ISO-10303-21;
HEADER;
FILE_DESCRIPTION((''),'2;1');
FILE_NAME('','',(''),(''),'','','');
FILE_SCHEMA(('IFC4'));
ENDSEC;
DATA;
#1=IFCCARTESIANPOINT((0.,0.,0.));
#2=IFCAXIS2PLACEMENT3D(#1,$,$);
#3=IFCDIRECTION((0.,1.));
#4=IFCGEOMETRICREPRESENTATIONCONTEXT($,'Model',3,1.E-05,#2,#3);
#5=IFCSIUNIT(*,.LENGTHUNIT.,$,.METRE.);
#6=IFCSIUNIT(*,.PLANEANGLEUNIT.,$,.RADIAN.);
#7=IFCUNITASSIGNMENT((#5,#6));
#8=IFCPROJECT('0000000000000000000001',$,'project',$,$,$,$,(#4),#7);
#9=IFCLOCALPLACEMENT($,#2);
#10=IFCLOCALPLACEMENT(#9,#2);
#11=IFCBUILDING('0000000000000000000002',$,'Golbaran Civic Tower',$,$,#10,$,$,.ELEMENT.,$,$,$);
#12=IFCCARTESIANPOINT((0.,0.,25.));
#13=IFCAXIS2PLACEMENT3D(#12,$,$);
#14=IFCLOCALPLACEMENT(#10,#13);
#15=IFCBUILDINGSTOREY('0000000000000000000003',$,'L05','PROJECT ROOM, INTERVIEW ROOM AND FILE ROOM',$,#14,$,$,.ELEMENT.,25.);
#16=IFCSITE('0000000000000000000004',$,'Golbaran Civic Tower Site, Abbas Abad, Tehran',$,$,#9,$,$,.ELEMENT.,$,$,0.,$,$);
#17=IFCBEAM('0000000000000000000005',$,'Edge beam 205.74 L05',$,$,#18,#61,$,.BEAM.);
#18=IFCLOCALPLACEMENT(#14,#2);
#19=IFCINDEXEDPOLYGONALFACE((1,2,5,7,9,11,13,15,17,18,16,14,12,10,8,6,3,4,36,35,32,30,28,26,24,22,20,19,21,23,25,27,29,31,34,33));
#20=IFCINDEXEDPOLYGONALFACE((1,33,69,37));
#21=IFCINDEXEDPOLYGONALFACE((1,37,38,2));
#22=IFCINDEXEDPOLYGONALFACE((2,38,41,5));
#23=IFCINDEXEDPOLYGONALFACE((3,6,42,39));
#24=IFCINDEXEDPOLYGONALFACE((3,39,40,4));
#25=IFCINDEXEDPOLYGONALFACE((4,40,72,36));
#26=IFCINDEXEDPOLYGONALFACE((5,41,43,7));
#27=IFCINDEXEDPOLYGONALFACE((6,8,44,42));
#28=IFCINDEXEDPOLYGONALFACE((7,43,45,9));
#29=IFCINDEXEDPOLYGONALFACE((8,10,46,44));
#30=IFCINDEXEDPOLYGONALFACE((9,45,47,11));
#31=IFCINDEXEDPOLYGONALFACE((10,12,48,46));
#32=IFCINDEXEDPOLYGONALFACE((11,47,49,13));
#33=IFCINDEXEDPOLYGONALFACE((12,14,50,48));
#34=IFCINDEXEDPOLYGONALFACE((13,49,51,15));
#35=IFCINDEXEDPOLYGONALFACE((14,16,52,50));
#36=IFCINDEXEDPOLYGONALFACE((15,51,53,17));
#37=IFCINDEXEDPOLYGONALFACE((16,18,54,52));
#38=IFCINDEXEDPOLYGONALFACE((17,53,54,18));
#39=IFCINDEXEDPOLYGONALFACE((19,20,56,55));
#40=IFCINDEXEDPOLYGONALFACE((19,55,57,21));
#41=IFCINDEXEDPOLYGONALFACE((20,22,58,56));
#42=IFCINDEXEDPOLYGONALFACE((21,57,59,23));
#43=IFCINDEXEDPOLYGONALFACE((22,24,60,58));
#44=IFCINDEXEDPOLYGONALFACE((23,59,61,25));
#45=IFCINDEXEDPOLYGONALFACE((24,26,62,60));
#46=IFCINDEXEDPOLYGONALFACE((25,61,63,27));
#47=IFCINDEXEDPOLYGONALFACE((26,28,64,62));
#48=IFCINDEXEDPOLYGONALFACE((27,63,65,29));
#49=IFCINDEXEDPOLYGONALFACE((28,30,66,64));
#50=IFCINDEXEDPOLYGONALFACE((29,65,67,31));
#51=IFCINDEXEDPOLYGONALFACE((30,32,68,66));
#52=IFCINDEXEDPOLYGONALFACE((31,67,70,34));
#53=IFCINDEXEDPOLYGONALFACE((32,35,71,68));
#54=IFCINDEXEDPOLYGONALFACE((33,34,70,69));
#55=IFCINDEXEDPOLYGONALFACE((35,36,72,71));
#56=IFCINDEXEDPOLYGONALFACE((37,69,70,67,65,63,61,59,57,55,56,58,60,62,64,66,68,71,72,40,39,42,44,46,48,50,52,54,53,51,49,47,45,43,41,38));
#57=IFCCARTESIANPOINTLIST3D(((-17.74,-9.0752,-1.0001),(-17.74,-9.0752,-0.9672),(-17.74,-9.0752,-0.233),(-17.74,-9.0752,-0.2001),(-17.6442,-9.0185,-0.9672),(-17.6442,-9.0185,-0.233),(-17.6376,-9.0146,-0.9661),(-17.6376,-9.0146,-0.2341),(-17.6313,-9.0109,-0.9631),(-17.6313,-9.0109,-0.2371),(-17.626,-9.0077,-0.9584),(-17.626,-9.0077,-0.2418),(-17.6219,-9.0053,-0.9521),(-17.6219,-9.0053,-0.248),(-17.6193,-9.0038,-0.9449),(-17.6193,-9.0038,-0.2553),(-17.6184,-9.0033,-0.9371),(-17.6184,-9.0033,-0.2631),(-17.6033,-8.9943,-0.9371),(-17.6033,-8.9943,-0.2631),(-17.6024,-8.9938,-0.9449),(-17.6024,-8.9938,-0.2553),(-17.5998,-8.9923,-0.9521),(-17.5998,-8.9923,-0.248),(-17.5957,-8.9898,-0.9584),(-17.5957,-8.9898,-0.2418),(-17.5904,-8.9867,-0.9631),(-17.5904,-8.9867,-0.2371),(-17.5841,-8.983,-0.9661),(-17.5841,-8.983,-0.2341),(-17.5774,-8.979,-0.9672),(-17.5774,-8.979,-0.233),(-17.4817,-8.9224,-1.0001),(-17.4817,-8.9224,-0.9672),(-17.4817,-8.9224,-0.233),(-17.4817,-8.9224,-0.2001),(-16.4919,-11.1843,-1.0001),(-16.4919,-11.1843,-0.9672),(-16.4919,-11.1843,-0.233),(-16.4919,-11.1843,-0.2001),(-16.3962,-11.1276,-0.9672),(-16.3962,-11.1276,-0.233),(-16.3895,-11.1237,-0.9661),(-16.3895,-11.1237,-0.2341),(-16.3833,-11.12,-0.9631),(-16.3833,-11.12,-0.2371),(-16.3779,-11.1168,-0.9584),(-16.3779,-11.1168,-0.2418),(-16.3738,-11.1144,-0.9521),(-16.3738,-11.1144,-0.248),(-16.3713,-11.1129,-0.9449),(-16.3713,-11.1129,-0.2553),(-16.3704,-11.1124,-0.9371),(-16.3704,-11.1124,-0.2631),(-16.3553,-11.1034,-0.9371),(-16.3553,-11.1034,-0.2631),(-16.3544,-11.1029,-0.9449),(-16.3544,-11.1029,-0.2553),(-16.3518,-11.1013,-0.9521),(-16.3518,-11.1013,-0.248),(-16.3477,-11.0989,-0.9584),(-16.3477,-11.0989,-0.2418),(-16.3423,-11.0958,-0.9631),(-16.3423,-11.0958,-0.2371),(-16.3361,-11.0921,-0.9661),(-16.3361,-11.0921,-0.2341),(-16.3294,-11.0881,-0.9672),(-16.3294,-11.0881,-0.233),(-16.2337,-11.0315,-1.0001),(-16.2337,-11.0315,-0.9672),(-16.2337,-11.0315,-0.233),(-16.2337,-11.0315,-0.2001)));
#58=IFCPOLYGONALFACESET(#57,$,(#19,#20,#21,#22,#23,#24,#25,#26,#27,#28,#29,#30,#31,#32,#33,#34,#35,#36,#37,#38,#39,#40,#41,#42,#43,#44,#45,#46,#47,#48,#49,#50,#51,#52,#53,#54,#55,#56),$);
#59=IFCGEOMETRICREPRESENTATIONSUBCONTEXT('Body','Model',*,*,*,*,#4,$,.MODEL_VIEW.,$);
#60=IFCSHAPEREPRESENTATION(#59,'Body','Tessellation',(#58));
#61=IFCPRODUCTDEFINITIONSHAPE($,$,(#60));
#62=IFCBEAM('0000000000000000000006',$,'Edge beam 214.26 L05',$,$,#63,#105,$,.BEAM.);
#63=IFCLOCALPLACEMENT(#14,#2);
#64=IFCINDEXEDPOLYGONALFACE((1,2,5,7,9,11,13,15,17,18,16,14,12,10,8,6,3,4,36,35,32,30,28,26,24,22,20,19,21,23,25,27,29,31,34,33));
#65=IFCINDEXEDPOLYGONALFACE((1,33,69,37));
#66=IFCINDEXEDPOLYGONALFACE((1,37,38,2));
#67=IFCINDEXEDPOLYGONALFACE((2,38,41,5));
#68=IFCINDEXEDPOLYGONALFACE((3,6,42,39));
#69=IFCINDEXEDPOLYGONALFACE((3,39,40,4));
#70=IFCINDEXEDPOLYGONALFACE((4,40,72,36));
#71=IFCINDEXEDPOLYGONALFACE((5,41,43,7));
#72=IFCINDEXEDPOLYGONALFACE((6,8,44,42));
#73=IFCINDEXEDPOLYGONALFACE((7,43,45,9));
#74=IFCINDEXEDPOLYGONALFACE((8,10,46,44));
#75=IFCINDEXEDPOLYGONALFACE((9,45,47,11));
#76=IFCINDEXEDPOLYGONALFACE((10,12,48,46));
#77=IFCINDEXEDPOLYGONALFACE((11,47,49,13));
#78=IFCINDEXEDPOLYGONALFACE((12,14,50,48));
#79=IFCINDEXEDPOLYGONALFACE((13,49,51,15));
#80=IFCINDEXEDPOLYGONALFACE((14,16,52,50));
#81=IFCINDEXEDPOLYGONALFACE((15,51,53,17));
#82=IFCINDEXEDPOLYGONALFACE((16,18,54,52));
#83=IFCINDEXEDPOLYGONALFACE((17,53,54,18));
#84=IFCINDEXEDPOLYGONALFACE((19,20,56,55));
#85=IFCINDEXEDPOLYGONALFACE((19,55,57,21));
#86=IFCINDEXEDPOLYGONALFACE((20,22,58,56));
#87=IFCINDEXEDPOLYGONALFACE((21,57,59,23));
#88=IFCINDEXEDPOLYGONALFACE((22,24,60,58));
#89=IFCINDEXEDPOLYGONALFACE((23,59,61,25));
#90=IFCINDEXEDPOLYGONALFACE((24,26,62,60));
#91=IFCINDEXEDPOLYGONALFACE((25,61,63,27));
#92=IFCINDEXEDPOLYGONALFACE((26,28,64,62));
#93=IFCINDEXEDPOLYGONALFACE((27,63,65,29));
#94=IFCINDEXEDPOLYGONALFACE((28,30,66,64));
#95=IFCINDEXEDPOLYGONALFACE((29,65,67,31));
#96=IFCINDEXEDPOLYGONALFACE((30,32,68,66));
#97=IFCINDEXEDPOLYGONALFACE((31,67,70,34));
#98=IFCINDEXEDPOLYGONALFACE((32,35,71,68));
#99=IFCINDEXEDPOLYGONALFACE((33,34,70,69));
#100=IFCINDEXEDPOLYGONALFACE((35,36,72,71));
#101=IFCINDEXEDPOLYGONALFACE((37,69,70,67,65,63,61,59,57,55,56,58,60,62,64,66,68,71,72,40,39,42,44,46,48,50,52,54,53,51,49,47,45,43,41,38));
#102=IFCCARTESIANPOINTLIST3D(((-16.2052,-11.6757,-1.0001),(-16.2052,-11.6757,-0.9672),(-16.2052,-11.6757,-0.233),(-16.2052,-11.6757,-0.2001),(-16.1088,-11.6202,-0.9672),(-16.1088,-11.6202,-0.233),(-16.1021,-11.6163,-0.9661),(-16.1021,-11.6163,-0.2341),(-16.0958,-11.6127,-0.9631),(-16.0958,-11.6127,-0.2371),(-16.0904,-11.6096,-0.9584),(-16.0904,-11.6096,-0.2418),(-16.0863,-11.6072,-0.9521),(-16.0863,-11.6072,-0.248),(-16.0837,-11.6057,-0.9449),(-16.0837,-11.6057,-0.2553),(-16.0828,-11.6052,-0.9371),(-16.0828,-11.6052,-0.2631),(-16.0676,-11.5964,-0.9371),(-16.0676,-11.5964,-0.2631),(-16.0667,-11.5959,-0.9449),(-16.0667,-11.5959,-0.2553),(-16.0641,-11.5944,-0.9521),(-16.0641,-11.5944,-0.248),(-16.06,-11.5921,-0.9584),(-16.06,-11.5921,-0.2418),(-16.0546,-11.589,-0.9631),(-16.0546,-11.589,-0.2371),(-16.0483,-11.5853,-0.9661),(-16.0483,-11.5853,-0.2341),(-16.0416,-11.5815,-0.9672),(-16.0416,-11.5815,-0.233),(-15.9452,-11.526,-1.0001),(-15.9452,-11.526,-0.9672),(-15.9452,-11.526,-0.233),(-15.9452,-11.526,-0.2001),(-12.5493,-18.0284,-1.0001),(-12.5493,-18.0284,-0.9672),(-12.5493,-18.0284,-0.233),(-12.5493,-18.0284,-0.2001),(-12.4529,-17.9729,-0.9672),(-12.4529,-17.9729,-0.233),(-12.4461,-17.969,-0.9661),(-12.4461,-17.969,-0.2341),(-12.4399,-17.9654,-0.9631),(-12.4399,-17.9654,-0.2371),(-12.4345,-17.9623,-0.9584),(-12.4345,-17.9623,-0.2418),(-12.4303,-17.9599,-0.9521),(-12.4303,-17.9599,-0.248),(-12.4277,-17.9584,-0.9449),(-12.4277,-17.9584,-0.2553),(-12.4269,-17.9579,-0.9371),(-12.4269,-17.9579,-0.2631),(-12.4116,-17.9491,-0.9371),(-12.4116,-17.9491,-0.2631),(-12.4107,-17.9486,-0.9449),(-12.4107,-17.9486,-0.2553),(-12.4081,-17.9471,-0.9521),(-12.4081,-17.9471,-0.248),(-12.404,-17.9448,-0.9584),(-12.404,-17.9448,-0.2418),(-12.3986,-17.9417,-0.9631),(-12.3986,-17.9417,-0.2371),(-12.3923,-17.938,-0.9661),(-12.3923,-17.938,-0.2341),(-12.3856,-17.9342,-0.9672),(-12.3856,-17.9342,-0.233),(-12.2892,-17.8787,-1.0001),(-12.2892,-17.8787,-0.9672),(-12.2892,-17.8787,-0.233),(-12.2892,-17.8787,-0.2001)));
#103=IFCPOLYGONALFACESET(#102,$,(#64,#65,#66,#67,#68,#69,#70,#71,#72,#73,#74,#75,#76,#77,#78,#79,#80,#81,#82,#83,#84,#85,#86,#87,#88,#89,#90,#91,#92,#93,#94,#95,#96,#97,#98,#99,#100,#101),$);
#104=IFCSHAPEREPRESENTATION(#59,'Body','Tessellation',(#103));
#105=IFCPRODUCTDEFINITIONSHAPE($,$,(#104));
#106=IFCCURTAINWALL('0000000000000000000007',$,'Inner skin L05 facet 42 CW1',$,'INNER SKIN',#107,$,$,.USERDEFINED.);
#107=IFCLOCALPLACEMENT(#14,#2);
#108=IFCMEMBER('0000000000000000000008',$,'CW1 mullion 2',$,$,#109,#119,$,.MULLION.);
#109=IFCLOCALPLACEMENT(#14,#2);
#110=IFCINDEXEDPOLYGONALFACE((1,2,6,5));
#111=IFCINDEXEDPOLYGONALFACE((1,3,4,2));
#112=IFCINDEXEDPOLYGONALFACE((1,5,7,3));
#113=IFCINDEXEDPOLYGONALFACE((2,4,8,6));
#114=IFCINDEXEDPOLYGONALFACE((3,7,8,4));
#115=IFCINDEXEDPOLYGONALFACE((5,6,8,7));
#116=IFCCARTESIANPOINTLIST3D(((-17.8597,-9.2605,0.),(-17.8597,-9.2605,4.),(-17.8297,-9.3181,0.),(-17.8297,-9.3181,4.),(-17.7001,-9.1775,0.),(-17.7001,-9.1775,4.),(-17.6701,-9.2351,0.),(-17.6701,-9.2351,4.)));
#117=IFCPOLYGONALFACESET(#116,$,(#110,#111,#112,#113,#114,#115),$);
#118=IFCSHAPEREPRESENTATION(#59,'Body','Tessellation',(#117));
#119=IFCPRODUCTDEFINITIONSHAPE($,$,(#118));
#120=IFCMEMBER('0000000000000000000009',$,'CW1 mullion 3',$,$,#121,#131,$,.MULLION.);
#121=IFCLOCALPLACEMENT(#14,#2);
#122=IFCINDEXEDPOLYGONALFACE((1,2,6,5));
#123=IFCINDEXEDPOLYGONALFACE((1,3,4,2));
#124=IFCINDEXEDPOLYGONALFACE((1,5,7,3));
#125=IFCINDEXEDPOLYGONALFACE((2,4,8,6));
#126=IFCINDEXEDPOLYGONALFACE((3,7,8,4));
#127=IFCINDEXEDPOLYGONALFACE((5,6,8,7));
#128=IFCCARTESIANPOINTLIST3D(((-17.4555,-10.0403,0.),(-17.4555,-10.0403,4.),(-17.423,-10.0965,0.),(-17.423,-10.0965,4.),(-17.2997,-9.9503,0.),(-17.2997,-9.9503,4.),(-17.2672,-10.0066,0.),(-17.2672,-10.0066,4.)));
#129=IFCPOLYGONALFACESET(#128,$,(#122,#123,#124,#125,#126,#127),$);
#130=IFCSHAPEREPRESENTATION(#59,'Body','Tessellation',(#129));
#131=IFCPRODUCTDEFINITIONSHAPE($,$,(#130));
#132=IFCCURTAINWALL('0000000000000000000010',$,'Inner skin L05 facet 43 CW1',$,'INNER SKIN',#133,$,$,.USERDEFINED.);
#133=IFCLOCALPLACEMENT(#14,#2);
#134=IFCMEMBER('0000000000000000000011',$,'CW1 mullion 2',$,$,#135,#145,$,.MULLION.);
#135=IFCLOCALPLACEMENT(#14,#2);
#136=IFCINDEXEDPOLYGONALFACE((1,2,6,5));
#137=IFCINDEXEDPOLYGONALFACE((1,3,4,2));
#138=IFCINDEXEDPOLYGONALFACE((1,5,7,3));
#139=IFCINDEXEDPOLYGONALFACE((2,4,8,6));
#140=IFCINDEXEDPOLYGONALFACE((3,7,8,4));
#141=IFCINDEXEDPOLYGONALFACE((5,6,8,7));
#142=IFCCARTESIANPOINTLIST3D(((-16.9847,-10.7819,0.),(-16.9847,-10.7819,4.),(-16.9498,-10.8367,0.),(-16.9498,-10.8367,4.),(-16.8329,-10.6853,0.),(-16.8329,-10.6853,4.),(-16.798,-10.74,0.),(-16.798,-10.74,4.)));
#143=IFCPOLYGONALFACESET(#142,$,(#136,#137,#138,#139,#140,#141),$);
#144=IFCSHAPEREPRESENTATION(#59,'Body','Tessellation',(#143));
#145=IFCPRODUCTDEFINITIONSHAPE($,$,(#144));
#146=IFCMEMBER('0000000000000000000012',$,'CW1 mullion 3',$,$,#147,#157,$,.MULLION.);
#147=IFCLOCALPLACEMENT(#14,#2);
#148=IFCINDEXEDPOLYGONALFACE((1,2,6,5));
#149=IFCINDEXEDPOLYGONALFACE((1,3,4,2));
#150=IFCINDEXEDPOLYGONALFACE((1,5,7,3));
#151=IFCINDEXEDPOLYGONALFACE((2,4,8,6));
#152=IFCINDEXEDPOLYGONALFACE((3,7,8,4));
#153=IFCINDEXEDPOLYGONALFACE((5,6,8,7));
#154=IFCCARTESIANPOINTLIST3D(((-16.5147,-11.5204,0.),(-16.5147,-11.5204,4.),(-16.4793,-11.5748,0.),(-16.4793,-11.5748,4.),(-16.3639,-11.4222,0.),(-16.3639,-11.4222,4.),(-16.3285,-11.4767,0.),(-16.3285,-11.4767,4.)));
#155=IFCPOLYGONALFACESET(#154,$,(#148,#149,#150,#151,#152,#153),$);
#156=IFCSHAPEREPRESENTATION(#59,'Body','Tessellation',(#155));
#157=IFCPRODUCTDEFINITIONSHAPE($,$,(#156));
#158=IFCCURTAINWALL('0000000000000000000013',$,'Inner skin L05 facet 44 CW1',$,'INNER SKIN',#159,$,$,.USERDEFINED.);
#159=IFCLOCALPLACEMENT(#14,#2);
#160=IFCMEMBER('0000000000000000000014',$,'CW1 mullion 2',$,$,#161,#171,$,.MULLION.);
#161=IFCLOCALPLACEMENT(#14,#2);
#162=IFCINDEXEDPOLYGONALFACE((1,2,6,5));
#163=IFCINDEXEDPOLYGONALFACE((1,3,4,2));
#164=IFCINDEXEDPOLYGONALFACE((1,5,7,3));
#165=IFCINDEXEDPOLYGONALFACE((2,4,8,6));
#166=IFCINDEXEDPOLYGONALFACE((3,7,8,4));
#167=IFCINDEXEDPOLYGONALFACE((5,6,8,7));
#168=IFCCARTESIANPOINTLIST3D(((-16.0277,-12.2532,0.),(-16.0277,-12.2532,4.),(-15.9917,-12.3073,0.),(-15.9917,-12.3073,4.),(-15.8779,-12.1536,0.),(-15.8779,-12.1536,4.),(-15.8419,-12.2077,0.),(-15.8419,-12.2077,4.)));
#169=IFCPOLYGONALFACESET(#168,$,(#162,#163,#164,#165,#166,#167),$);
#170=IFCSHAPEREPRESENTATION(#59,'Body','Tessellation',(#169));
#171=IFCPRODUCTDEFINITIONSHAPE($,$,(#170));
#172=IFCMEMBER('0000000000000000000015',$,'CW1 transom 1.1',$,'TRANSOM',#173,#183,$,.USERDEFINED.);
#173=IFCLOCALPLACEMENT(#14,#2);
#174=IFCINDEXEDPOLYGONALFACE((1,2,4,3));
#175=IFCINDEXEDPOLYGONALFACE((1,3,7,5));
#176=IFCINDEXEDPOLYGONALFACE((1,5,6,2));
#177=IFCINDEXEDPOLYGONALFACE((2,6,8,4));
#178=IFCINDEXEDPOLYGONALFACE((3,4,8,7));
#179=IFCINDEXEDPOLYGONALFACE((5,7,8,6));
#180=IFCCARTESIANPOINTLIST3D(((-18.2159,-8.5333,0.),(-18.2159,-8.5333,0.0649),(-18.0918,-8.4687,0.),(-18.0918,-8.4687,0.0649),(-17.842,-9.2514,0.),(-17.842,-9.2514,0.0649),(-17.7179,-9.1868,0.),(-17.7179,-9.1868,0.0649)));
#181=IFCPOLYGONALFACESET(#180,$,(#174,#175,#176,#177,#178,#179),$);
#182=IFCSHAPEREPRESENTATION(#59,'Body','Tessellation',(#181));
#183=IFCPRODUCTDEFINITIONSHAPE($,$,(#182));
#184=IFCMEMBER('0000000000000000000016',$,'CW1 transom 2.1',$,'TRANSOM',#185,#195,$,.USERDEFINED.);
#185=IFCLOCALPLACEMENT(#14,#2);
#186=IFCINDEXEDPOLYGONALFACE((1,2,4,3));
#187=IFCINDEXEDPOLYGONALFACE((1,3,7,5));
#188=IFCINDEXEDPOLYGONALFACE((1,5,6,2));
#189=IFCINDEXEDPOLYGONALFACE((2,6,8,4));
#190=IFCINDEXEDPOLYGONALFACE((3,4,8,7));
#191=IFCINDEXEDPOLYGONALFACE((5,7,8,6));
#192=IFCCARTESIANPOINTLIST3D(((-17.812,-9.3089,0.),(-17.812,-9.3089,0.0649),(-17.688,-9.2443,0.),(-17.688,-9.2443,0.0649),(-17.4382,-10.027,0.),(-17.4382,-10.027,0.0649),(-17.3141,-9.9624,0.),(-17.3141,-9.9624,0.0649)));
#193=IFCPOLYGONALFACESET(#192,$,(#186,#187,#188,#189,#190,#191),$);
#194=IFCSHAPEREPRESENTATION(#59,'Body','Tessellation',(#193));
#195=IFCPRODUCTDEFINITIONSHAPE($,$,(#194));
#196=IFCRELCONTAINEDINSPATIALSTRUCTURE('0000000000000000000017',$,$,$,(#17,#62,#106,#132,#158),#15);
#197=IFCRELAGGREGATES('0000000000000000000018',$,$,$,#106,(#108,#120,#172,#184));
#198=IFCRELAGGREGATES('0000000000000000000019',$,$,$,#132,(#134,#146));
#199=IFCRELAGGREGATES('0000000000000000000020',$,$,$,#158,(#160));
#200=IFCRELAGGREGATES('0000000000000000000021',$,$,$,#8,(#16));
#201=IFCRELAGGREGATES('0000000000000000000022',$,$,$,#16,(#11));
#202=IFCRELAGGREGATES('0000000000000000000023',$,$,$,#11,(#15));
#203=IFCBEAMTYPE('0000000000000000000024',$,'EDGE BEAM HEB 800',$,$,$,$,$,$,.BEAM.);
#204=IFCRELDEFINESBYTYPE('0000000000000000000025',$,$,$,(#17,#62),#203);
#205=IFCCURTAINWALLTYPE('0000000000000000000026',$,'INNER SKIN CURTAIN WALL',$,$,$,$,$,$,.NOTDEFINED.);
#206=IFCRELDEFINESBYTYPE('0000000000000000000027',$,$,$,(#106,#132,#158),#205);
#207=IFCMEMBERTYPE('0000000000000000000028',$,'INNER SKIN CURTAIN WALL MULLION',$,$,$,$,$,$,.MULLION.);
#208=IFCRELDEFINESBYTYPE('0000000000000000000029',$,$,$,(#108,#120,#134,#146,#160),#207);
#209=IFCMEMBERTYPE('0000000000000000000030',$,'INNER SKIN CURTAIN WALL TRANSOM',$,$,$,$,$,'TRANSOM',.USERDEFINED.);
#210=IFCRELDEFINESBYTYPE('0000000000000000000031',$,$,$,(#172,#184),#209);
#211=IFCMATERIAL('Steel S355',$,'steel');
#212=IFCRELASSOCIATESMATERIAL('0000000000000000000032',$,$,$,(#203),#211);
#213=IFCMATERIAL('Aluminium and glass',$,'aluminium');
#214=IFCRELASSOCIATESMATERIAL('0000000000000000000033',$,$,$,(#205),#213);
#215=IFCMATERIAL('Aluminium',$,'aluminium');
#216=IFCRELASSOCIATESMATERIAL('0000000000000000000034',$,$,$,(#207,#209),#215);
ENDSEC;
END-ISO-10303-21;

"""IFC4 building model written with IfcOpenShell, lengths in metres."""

from ifc_helpers import new_model, si_unit, direction, frame, origin, origin_2d, place, context, subcontext, project, spatial, rectangle, i_section, extrude, material, material_profile, profile_set, type_object, element, aggregate, save


model = new_model("IFC4")

# Units and contexts
model_context = context("Model", 3, precision=1e-05, world=origin(), true_north=direction((0.0, 1.0)))
body_context = subcontext(model_context, "Body", "Model", "MODEL_VIEW")
ifc_project = project(units=[si_unit("LENGTHUNIT", "METRE"), si_unit("PLANEANGLEUNIT", "RADIAN")], contexts=[model_context])

# Site, building, storey
site_placement = place(None, origin())
site = spatial("IfcSite", under=ifc_project, at=site_placement, Name="Golbaran Civic Tower Site, Abbas Abad, Tehran", CompositionType="ELEMENT", RefElevation=0.0)
building_placement = place(site_placement, origin())
building = spatial("IfcBuilding", under=site, at=building_placement, Name="Golbaran Civic Tower", CompositionType="ELEMENT")
storey_placement = place(building_placement, frame((0.0, 0.0, 25.0)))
storey = spatial("IfcBuildingStorey", under=building, at=storey_placement, Name="L05", Description="PROJECT ROOM, INTERVIEW ROOM AND FILE ROOM", CompositionType="ELEMENT", Elevation=25.0)

# Beams
ifc_material_1 = material(Name="Steel S355", Category="steel")
ifc_material_profile_1 = material_profile(ifc_material_1, i_section(OverallWidth=0.3, OverallDepth=0.8, WebThickness=0.0176, FlangeThickness=0.033, FilletRadius=0.03, at=origin_2d()), Name="HEB 800")
ifc_profile_set_1 = profile_set([ifc_material_profile_1], Name="Steel S355")
beam_type = type_object("IfcBeamType", Name="EDGE BEAM HEB 800", PredefinedType="BEAM", material=ifc_profile_set_1)
beam_1_placement = place(storey_placement, frame((-17.6108, -8.9988, -0.6001), z_axis=(0.509256, -0.860615, 0.0), x_axis=(0.860615, 0.509256, 0.0)))
element("IfcBeam", 1, at=beam_1_placement, inside=storey, type_object=beam_type, Name="Edge beam 205.74 L05", PredefinedType="BEAM", context=body_context, shape_type="SweptSolid", body=[
    extrude(i_section(OverallWidth=0.3, OverallDepth=0.8, WebThickness=0.0176, FlangeThickness=0.033, FilletRadius=0.03, at=origin_2d()), origin(), (0.0, 0.0, 1.0), 2.4507),
])
beam_2_placement = place(storey_placement, frame((-16.0752, -11.6008, -0.6001), z_axis=(0.498795, -0.86672, 0.0), x_axis=(0.86672, 0.498795, 0.0)))
element("IfcBeam", 2, at=beam_2_placement, inside=storey, type_object=beam_type, Name="Edge beam 214.26 L05", PredefinedType="BEAM", context=body_context, shape_type="SweptSolid", body=[
    extrude(i_section(OverallWidth=0.3, OverallDepth=0.8, WebThickness=0.0176, FlangeThickness=0.033, FilletRadius=0.03, at=origin_2d()), origin(), (0.0, 0.0, 1.0), 7.3296),
])

# Curtain walls, members
ifc_material_2 = material(Name="Aluminium and glass", Category="aluminium")
curtain_wall_type = type_object("IfcCurtainWallType", Name="INNER SKIN CURTAIN WALL", PredefinedType="NOTDEFINED", material=ifc_material_2)
curtain_wall_1_placement = place(storey_placement, origin())
curtain_wall_1 = element("IfcCurtainWall", 3, at=curtain_wall_1_placement, inside=storey, type_object=curtain_wall_type, Name="Inner skin L05 facet 42 CW1", ObjectType="INNER SKIN", PredefinedType="USERDEFINED")
ifc_material_3 = material(Name="Aluminium", Category="aluminium")
ifc_material_profile_2 = material_profile(ifc_material_3, rectangle(XDim=0.1799, YDim=0.0649, at=origin_2d()), Name="INNER SKIN CURTAIN WALL MULLION")
ifc_profile_set_2 = profile_set([ifc_material_profile_2], Name="Aluminium")
member_type_1 = type_object("IfcMemberType", Name="INNER SKIN CURTAIN WALL MULLION", PredefinedType="MULLION", material=ifc_profile_set_2)
member_1_placement = place(storey_placement, frame((-17.7649, -9.2478, 0.0), z_axis=(0.0, 0.0, 1.0), x_axis=(0.887011, 0.461749, 0.0)))
member_1 = element("IfcMember", 4, at=member_1_placement, type_object=member_type_1, Name="CW1 mullion 2", PredefinedType="MULLION", context=body_context, shape_type="SweptSolid", body=[
    extrude(rectangle(XDim=0.1799, YDim=0.0649, at=origin_2d()), origin(), (0.0, 0.0, 1.0), 4.0),
])
member_2_placement = place(storey_placement, frame((-17.3613, -10.0234, 0.0), z_axis=(0.0, 0.0, 1.0), x_axis=(0.866025, 0.5, 0.0)))
member_2 = element("IfcMember", 5, at=member_2_placement, type_object=member_type_1, Name="CW1 mullion 3", PredefinedType="MULLION", context=body_context, shape_type="SweptSolid", body=[
    extrude(rectangle(XDim=0.1799, YDim=0.0649, at=origin_2d()), origin(), (0.0, 0.0, 1.0), 4.0),
])
curtain_wall_2_placement = place(storey_placement, origin())
curtain_wall_2 = element("IfcCurtainWall", 6, at=curtain_wall_2_placement, inside=storey, type_object=curtain_wall_type, Name="Inner skin L05 facet 43 CW1", ObjectType="INNER SKIN", PredefinedType="USERDEFINED")
member_3_placement = place(storey_placement, frame((-16.8914, -10.761, 0.0), z_axis=(0.0, 0.0, 1.0), x_axis=(0.843391, 0.5373, 0.0)))
member_3 = element("IfcMember", 7, at=member_3_placement, type_object=member_type_1, Name="CW1 mullion 2", PredefinedType="MULLION", context=body_context, shape_type="SweptSolid", body=[
    extrude(rectangle(XDim=0.1799, YDim=0.0649, at=origin_2d()), origin(), (0.0, 0.0, 1.0), 4.0),
])
member_4_placement = place(storey_placement, frame((-16.4216, -11.4985, 0.0), z_axis=(0.0, 0.0, 1.0), x_axis=(0.838088, 0.545536, 0.0)))
member_4 = element("IfcMember", 8, at=member_4_placement, type_object=member_type_1, Name="CW1 mullion 3", PredefinedType="MULLION", context=body_context, shape_type="SweptSolid", body=[
    extrude(rectangle(XDim=0.1799, YDim=0.0649, at=origin_2d()), origin(), (0.0, 0.0, 1.0), 4.0),
])

# Curtain wall, member
curtain_wall_3_placement = place(storey_placement, origin())
curtain_wall_3 = element("IfcCurtainWall", 9, at=curtain_wall_3_placement, inside=storey, type_object=curtain_wall_type, Name="Inner skin L05 facet 44 CW1", ObjectType="INNER SKIN", PredefinedType="USERDEFINED")
member_5_placement = place(storey_placement, frame((-15.9348, -12.2305, 0.0), z_axis=(0.0, 0.0, 1.0), x_axis=(0.832703, 0.553719, 0.0)))
member_5 = element("IfcMember", 10, at=member_5_placement, type_object=member_type_1, Name="CW1 mullion 2", PredefinedType="MULLION", context=body_context, shape_type="SweptSolid", body=[
    extrude(rectangle(XDim=0.1799, YDim=0.0649, at=origin_2d()), origin(), (0.0, 0.0, 1.0), 4.0),
])

# Members
ifc_material_profile_3 = material_profile(ifc_material_3, rectangle(XDim=0.1399, YDim=0.0649, at=origin_2d()), Name="INNER SKIN CURTAIN WALL TRANSOM")
ifc_profile_set_3 = profile_set([ifc_material_profile_3], Name="Aluminium")
member_type_2 = type_object("IfcMemberType", Name="INNER SKIN CURTAIN WALL TRANSOM", ElementType="TRANSOM", PredefinedType="USERDEFINED", material=ifc_profile_set_3)
member_6_placement = place(storey_placement, frame((-18.1538, -8.501, 0.0325), z_axis=(0.461752, -0.887009, 0.0), x_axis=(0.887009, 0.461752, 0.0)))
member_6 = element("IfcMember", 11, at=member_6_placement, type_object=member_type_2, Name="CW1 transom 1.1", ObjectType="TRANSOM", PredefinedType="USERDEFINED", context=body_context, shape_type="SweptSolid", body=[
    extrude(rectangle(XDim=0.1399, YDim=0.0649, at=origin_2d()), origin(), (0.0, 0.0, 1.0), 0.8096),
])
member_7_placement = place(storey_placement, frame((-17.75, -9.2766, 0.0325), z_axis=(0.461752, -0.887009, 0.0), x_axis=(0.887009, 0.461752, 0.0)))
member_7 = element("IfcMember", 12, at=member_7_placement, type_object=member_type_2, Name="CW1 transom 2.1", ObjectType="TRANSOM", PredefinedType="USERDEFINED", context=body_context, shape_type="SweptSolid", body=[
    extrude(rectangle(XDim=0.1399, YDim=0.0649, at=origin_2d()), origin(), (0.0, 0.0, 1.0), 0.8096),
])

aggregate(curtain_wall_1, [member_1, member_2, member_6, member_7])
aggregate(curtain_wall_2, [member_3, member_4])
aggregate(curtain_wall_3, [member_5])

save(model, "model.ifc")
